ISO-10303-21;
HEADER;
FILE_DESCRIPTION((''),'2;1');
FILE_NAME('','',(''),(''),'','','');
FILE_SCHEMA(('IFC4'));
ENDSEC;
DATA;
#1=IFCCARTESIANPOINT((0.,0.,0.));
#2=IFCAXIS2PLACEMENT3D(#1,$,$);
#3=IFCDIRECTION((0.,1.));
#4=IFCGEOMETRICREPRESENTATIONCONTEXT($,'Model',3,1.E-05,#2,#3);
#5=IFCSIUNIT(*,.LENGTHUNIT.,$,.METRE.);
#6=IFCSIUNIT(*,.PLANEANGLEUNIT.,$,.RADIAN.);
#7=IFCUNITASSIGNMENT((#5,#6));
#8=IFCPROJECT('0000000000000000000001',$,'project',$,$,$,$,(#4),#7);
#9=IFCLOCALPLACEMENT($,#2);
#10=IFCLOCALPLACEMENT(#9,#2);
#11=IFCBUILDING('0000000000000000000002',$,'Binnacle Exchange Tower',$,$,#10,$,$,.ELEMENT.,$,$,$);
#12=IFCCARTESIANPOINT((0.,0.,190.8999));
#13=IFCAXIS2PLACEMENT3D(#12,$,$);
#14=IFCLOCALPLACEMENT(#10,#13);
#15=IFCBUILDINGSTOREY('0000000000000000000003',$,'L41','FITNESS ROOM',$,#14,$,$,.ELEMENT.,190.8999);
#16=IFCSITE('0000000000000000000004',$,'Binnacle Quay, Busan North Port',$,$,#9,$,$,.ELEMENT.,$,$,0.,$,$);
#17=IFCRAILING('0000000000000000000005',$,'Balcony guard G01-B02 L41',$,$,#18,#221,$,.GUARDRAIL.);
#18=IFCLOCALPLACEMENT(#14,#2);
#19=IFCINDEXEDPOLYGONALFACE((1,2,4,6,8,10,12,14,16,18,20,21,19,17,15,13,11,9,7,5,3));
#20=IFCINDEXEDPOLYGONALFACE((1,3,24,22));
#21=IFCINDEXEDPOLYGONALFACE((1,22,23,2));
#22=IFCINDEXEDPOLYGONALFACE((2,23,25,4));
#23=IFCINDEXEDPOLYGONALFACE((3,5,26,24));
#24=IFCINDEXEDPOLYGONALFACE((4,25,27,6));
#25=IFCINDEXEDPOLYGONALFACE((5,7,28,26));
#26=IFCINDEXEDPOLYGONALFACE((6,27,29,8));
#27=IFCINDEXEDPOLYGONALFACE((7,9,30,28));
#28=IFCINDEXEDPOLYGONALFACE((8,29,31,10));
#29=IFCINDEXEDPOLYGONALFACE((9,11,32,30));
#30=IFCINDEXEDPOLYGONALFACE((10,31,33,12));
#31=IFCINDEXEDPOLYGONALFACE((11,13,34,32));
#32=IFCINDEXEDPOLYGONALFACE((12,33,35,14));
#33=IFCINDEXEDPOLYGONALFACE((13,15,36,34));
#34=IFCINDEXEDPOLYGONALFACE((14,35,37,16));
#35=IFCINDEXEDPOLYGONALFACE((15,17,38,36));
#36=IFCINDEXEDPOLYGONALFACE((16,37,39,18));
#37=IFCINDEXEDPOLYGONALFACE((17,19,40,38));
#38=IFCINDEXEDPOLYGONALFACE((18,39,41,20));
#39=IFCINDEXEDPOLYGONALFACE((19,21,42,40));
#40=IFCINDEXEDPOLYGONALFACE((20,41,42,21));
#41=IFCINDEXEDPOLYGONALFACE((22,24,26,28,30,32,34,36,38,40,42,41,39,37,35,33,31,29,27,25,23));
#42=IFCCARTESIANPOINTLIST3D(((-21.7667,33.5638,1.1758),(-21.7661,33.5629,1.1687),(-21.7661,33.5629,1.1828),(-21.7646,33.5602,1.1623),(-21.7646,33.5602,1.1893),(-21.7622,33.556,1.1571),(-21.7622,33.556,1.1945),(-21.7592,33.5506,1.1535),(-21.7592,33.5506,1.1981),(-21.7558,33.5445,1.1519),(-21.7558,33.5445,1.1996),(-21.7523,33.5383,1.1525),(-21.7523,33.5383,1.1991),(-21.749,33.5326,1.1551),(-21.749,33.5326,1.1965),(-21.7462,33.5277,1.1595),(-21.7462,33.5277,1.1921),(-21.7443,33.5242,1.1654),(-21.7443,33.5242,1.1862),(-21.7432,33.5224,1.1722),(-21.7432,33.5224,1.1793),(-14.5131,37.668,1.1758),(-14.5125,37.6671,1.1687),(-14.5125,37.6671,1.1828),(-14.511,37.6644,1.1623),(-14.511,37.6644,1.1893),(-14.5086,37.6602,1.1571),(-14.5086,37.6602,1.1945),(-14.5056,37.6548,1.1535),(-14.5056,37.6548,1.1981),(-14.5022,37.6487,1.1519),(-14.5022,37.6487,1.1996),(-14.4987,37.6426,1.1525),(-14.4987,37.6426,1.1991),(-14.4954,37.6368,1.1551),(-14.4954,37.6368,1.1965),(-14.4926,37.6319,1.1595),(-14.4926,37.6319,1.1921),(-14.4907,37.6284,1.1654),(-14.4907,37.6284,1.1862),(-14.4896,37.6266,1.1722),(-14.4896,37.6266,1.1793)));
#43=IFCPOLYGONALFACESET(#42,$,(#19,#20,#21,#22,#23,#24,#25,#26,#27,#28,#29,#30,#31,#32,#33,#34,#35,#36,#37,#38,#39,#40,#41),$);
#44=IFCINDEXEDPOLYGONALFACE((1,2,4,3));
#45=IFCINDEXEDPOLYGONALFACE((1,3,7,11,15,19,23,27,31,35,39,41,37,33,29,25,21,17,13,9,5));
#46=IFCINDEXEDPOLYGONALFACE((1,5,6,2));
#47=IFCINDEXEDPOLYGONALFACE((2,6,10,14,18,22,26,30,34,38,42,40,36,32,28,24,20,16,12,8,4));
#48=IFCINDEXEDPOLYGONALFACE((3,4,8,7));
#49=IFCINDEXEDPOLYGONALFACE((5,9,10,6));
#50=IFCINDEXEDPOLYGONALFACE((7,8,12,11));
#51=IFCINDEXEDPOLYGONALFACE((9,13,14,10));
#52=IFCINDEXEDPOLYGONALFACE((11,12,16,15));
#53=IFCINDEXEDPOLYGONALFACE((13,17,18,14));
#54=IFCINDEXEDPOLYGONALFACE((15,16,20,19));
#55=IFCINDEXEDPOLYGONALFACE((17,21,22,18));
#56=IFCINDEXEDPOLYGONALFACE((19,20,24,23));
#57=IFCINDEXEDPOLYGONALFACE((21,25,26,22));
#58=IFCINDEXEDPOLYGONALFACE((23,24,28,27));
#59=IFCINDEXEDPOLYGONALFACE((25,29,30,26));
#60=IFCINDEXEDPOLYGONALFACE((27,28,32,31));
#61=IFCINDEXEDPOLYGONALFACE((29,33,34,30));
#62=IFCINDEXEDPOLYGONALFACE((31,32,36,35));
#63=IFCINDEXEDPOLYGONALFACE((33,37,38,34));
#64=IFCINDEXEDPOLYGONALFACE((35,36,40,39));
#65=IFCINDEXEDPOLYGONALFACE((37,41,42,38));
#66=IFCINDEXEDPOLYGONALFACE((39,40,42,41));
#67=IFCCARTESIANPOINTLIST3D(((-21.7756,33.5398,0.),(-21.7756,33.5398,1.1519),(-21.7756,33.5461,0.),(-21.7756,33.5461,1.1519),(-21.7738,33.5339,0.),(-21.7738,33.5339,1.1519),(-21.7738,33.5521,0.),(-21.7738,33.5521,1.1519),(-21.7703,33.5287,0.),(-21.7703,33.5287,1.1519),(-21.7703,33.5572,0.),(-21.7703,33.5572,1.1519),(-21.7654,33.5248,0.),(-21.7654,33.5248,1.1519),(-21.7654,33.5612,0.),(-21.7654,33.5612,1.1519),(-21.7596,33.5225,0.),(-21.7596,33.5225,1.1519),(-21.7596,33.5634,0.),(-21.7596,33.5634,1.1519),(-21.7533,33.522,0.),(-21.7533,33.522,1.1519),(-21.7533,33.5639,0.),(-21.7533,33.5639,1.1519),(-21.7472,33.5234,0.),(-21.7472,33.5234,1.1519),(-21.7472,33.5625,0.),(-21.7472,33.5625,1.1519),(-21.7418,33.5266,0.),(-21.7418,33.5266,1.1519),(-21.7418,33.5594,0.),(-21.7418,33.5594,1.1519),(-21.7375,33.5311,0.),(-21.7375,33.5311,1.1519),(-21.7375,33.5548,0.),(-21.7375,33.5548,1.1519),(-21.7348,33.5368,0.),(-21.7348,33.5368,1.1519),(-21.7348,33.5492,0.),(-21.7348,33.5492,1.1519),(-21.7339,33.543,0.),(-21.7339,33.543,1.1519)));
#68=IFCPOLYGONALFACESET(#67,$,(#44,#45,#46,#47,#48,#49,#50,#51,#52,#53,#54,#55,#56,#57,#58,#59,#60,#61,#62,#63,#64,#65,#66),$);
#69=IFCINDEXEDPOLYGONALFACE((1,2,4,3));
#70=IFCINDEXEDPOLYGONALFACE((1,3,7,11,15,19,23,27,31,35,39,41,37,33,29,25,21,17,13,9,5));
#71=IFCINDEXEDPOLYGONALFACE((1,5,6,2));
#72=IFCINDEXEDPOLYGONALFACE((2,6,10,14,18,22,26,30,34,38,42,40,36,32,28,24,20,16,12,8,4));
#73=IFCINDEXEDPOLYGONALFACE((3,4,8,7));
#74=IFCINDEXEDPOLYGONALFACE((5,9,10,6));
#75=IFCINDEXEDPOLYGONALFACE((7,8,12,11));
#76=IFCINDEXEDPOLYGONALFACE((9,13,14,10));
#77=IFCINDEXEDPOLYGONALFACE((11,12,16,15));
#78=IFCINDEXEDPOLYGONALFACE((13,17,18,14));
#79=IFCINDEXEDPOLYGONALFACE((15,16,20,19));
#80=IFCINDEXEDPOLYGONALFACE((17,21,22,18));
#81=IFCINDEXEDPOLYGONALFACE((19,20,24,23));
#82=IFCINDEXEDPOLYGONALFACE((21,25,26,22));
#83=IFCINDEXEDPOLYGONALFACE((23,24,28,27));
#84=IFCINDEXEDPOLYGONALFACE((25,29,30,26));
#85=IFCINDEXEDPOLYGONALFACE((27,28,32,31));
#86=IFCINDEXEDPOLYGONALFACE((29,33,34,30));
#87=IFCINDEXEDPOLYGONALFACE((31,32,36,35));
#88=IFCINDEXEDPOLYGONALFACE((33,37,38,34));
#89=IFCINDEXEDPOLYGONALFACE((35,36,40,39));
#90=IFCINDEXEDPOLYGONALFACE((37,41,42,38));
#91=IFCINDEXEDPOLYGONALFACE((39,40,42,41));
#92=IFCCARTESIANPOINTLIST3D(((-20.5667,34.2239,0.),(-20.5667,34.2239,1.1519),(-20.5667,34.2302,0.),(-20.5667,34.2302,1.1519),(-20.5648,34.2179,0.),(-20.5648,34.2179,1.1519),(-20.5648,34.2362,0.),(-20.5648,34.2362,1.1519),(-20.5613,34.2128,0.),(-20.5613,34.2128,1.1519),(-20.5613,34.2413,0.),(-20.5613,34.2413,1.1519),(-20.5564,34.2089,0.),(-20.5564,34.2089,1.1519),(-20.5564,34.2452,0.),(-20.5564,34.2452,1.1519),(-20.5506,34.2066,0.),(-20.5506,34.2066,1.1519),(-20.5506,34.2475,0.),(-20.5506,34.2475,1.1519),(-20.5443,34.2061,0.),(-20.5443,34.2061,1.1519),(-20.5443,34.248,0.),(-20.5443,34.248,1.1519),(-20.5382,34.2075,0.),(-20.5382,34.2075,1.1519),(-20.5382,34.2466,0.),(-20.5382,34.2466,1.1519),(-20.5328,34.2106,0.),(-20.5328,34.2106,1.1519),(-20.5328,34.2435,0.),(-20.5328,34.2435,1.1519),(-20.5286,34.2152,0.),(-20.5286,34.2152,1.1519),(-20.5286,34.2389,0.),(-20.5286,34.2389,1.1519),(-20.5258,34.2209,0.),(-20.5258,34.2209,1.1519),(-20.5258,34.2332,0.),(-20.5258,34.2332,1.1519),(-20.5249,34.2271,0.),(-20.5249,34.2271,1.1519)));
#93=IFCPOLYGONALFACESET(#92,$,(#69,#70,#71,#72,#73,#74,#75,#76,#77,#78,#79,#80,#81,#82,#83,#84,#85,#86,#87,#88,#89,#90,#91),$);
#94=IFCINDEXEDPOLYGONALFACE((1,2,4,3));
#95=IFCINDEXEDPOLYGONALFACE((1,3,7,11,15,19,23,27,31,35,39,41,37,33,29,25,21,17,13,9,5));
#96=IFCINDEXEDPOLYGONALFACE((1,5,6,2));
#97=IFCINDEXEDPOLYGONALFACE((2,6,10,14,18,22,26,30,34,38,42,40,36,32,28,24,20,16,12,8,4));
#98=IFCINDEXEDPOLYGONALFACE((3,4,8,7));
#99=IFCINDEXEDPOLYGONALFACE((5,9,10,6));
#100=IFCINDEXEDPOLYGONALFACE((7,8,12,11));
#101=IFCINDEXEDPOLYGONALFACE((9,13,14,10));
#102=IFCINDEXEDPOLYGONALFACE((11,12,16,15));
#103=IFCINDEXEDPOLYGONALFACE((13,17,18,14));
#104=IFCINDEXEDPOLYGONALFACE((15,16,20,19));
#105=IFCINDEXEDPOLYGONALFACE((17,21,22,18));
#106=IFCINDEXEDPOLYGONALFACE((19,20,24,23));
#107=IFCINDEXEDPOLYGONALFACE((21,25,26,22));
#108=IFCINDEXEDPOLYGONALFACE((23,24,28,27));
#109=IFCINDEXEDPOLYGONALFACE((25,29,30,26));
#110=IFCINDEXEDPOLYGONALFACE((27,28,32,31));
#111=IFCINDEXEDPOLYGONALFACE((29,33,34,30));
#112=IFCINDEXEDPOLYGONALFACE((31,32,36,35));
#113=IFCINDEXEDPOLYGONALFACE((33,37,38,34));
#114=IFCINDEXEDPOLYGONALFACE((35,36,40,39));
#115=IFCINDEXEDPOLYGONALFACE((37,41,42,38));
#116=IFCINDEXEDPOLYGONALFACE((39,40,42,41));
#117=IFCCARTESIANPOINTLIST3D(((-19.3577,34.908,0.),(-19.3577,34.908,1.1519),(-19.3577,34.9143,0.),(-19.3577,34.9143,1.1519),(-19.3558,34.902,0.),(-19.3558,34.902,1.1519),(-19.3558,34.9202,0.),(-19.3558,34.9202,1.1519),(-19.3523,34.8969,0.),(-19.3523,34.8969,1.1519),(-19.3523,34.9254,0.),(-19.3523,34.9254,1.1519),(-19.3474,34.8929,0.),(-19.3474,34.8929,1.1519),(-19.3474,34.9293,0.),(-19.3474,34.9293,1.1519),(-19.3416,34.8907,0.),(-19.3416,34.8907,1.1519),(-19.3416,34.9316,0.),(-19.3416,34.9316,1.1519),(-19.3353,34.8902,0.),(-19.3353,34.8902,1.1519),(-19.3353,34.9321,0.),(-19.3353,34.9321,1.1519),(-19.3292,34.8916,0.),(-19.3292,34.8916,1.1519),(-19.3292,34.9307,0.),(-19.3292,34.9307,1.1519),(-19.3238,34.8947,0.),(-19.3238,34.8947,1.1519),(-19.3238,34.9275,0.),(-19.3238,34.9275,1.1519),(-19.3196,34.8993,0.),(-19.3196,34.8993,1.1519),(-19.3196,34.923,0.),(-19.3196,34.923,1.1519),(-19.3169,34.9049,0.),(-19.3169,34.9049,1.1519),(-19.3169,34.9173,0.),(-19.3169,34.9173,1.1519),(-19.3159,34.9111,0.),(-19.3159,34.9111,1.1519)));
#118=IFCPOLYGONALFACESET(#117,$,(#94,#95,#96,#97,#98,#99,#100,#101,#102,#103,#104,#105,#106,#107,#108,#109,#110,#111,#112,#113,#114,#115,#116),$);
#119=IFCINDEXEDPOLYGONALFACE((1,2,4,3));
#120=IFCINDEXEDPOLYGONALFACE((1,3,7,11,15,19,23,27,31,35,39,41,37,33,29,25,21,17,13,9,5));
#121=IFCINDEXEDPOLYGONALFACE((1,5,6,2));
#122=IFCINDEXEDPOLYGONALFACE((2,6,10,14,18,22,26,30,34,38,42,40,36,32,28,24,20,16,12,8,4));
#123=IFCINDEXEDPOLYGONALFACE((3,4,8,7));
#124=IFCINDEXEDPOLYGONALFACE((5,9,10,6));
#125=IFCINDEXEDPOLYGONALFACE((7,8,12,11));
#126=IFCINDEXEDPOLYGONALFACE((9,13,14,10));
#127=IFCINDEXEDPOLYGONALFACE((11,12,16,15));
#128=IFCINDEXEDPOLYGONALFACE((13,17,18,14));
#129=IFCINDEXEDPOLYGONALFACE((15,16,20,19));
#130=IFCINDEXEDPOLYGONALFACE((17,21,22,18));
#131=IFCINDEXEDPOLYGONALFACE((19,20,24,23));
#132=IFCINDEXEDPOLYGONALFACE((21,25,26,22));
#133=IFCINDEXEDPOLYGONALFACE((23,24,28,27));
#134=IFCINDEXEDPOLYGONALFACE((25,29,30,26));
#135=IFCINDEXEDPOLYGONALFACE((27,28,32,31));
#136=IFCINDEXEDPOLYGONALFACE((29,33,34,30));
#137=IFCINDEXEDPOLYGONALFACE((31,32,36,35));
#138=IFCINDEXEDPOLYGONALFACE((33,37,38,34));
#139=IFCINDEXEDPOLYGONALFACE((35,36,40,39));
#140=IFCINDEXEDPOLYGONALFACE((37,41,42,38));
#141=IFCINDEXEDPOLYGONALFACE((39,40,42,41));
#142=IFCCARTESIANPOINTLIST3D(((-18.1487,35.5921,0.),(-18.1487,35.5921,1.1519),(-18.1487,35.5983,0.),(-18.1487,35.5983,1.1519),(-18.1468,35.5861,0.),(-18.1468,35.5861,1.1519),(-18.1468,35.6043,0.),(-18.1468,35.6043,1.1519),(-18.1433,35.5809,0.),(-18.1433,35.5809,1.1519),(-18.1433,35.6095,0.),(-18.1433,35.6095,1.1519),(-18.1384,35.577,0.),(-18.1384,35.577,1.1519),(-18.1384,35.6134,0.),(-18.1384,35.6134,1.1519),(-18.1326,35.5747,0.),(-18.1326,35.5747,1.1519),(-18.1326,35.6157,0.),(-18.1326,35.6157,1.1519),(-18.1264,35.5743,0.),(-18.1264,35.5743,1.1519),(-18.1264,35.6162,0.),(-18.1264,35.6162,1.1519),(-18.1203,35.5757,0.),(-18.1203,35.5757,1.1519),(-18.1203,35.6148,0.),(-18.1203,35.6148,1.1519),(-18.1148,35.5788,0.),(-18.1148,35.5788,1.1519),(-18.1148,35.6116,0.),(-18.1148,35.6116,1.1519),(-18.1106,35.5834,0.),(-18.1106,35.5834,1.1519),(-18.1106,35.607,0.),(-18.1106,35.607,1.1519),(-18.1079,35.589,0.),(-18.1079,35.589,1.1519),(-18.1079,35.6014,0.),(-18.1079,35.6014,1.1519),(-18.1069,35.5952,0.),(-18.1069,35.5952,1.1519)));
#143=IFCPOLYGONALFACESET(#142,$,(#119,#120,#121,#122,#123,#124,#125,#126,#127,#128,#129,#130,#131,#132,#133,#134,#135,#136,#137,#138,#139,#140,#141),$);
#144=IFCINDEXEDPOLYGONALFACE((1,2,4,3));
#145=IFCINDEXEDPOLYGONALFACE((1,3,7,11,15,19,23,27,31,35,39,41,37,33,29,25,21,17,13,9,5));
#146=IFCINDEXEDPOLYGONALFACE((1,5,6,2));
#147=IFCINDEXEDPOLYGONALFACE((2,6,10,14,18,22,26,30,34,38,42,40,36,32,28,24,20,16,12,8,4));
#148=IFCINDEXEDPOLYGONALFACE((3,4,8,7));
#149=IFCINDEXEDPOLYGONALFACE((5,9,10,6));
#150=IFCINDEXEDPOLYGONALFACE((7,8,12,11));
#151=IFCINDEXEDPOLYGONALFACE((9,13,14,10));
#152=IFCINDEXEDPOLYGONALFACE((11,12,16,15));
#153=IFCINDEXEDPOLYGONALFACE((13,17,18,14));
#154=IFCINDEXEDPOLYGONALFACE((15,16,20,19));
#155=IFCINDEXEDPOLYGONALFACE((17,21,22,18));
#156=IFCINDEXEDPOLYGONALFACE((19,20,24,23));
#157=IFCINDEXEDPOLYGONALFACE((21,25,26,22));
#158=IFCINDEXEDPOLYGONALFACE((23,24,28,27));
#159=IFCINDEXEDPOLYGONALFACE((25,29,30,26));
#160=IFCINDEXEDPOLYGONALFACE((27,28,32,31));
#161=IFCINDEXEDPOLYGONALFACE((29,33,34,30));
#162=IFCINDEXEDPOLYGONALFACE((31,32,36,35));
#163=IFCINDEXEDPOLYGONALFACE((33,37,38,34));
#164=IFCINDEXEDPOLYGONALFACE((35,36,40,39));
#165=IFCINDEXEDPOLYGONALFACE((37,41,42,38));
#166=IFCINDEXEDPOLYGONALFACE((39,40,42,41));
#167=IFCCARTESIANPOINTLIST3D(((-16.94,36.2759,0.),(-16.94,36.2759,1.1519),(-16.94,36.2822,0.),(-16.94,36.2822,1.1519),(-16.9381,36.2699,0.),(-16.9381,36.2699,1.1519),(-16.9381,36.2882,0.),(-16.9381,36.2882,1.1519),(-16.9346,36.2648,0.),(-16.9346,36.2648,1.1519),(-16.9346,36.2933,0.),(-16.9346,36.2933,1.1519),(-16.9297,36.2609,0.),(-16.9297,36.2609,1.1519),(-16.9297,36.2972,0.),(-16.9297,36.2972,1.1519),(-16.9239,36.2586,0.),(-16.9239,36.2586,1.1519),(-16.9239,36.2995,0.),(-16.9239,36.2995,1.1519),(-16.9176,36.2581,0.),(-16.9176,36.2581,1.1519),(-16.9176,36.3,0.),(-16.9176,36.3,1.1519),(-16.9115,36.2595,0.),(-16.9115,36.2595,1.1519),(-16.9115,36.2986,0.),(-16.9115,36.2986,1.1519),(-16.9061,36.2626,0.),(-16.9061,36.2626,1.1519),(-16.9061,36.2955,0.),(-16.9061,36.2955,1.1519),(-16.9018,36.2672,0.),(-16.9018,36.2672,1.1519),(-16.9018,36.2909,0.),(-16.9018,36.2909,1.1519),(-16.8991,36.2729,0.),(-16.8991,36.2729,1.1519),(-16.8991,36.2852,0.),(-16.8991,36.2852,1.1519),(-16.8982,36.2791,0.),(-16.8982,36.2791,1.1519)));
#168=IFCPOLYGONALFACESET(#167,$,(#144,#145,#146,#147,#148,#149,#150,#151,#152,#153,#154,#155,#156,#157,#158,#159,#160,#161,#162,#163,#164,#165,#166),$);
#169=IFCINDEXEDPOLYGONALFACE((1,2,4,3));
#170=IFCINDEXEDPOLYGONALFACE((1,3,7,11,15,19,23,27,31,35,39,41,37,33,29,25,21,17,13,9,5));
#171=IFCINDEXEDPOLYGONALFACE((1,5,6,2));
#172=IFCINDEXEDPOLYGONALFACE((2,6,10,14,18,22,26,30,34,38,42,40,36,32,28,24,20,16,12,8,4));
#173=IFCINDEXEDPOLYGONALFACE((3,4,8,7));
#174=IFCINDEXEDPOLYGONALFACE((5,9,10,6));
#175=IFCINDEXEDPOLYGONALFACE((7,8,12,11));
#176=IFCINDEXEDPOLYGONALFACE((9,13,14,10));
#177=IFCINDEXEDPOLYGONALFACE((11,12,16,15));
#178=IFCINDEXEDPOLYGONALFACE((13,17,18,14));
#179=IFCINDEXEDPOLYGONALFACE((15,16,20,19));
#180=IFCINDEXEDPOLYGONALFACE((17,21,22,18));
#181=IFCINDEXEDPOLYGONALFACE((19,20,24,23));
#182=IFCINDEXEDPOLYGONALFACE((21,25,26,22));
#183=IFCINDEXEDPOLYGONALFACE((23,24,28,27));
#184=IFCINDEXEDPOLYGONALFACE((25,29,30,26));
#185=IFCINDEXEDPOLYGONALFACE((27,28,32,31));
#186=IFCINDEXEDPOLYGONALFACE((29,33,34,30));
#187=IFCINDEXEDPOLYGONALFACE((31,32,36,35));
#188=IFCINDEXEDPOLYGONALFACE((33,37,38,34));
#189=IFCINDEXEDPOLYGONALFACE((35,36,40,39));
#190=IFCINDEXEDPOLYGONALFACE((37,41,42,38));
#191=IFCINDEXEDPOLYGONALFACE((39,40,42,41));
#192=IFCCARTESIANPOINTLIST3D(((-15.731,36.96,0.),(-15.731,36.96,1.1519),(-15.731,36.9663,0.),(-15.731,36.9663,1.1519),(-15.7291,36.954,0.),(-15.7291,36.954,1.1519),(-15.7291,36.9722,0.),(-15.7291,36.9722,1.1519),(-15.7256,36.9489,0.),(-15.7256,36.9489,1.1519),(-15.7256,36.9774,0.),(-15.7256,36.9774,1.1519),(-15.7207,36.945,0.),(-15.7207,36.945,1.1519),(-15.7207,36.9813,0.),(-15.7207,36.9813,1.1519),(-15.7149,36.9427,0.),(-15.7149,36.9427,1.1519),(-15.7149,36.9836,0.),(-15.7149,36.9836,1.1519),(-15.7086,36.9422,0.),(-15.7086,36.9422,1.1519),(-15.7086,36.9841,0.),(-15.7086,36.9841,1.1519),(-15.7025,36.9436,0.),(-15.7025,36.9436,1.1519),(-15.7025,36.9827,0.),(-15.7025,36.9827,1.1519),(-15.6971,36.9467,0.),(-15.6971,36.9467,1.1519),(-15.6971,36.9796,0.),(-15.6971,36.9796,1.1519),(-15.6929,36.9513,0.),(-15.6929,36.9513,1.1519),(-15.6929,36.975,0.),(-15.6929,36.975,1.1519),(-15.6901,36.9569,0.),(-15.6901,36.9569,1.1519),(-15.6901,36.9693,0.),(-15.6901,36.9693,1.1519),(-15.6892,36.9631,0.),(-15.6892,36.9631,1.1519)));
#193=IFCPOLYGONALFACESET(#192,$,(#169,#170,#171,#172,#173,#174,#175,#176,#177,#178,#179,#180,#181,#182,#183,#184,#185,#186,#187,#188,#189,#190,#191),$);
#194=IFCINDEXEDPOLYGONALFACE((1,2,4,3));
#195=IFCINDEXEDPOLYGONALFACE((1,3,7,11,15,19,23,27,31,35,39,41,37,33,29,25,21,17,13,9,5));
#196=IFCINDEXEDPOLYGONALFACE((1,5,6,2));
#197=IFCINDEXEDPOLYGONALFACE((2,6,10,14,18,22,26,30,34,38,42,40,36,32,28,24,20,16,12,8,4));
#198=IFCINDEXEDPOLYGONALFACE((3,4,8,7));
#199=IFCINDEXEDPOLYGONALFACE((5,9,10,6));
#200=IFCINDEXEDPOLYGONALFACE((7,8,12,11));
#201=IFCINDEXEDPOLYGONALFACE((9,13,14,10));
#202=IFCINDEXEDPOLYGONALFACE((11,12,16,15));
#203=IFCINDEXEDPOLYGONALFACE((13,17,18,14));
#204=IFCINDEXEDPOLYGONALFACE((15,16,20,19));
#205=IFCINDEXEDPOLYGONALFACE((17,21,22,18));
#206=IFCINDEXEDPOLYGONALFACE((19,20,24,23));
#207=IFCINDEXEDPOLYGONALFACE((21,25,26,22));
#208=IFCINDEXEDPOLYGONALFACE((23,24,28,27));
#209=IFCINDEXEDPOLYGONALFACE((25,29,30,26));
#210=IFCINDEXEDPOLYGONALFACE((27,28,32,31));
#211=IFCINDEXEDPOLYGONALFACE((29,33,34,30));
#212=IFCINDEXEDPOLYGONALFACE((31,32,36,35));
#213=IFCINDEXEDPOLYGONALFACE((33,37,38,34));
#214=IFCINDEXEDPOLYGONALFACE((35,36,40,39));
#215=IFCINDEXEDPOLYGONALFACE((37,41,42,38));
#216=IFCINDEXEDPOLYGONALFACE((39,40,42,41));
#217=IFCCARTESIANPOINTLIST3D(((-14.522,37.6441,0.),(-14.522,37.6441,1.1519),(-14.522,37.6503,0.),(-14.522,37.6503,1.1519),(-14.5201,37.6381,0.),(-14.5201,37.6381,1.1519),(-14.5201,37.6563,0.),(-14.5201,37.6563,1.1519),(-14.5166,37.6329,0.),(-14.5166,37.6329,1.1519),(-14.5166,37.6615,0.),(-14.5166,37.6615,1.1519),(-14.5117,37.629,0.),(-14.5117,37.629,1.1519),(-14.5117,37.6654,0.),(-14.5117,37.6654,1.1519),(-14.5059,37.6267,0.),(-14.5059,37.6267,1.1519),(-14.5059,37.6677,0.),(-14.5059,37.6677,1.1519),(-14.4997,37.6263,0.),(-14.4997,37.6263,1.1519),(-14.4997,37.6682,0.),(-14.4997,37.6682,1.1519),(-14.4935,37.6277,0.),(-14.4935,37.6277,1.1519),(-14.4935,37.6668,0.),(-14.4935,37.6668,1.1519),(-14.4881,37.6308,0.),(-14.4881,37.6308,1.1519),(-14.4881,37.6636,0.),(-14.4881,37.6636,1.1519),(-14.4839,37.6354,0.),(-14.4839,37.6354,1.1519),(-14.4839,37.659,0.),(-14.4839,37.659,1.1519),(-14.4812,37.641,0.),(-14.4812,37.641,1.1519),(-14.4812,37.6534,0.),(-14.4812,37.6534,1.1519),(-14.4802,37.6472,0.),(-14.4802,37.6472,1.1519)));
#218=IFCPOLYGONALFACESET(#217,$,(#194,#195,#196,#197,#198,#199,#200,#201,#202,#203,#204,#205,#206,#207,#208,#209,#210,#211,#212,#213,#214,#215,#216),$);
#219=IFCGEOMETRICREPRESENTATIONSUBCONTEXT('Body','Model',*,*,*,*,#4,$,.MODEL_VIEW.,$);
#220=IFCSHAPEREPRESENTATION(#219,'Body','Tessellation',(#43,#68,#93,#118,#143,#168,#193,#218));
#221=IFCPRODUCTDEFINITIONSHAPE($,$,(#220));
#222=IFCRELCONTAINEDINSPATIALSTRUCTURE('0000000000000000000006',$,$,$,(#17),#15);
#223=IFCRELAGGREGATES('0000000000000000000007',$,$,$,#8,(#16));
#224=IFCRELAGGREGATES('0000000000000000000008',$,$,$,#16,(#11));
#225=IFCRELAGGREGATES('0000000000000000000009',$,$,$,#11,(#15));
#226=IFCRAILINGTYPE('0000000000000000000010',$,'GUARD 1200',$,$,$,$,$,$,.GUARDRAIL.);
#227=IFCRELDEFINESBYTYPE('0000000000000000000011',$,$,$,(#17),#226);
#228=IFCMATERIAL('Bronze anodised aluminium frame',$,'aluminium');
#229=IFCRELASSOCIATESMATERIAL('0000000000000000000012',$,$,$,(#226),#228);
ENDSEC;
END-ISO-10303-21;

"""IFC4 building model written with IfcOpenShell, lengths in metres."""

from ifc_helpers import new_model, si_unit, direction, frame, origin, origin_2d, place, context, subcontext, project, spatial, circle, extrude, material, type_object, element, save


model = new_model("IFC4")

# Units and contexts
model_context = context("Model", 3, precision=1e-05, world=origin(), true_north=direction((0.0, 1.0)))
body_context = subcontext(model_context, "Body", "Model", "MODEL_VIEW")
ifc_project = project(units=[si_unit("LENGTHUNIT", "METRE"), si_unit("PLANEANGLEUNIT", "RADIAN")], contexts=[model_context])

# Site, building, storey
site_placement = place(None, origin())
site = spatial("IfcSite", under=ifc_project, at=site_placement, Name="Binnacle Quay, Busan North Port", CompositionType="ELEMENT", RefElevation=0.0)
building_placement = place(site_placement, origin())
building = spatial("IfcBuilding", under=site, at=building_placement, Name="Binnacle Exchange Tower", CompositionType="ELEMENT")
storey_placement = place(building_placement, frame((0.0, 0.0, 190.8999)))
storey = spatial("IfcBuildingStorey", under=building, at=storey_placement, Name="L41", Description="FITNESS ROOM", CompositionType="ELEMENT", Elevation=190.8999)

# Railing
ifc_material_1 = material(Name="Bronze anodised aluminium frame", Category="aluminium")
railing_type_1 = type_object("IfcRailingType", Name="GUARD 1200", PredefinedType="GUARDRAIL", material=ifc_material_1)
railing_1_placement = place(storey_placement, frame((-21.7549, 33.543, 0.0)))
element("IfcRailing", 1, at=railing_1_placement, inside=storey, type_object=railing_type_1, Name="Balcony guard G01-B02 L41", PredefinedType="GUARDRAIL", context=body_context, shape_type="SweptSolid", body=[
    extrude(circle(Radius=0.0239, at=origin_2d()), frame((0.0, 0.0, 1.1758), z_axis=(0.870339, 0.492453, 0.0), x_axis=(-0.492453, 0.870339, 0.0)), (0.0, 0.0, 1.0), 8.3342),
    extrude(circle(Radius=0.021, at=origin_2d()), origin(), (0.0, 0.0, 1.0), 1.1519),
    extrude(circle(Radius=0.021, at=origin_2d()), frame((1.209, 0.6841, 0.0)), (0.0, 0.0, 1.0), 1.1519),
    extrude(circle(Radius=0.021, at=origin_2d()), frame((2.418, 1.3682, 0.0)), (0.0, 0.0, 1.0), 1.1519),
    extrude(circle(Radius=0.021, at=origin_2d()), frame((3.627, 2.0522, 0.0)), (0.0, 0.0, 1.0), 1.1519),
    extrude(circle(Radius=0.021, at=origin_2d()), frame((4.8357, 2.7361, 0.0)), (0.0, 0.0, 1.0), 1.1519),
    extrude(circle(Radius=0.021, at=origin_2d()), frame((6.0447, 3.4202, 0.0)), (0.0, 0.0, 1.0), 1.1519),
    extrude(circle(Radius=0.021, at=origin_2d()), frame((7.2537, 4.1042, 0.0)), (0.0, 0.0, 1.0), 1.1519),
])

save(model, "model.ifc")
